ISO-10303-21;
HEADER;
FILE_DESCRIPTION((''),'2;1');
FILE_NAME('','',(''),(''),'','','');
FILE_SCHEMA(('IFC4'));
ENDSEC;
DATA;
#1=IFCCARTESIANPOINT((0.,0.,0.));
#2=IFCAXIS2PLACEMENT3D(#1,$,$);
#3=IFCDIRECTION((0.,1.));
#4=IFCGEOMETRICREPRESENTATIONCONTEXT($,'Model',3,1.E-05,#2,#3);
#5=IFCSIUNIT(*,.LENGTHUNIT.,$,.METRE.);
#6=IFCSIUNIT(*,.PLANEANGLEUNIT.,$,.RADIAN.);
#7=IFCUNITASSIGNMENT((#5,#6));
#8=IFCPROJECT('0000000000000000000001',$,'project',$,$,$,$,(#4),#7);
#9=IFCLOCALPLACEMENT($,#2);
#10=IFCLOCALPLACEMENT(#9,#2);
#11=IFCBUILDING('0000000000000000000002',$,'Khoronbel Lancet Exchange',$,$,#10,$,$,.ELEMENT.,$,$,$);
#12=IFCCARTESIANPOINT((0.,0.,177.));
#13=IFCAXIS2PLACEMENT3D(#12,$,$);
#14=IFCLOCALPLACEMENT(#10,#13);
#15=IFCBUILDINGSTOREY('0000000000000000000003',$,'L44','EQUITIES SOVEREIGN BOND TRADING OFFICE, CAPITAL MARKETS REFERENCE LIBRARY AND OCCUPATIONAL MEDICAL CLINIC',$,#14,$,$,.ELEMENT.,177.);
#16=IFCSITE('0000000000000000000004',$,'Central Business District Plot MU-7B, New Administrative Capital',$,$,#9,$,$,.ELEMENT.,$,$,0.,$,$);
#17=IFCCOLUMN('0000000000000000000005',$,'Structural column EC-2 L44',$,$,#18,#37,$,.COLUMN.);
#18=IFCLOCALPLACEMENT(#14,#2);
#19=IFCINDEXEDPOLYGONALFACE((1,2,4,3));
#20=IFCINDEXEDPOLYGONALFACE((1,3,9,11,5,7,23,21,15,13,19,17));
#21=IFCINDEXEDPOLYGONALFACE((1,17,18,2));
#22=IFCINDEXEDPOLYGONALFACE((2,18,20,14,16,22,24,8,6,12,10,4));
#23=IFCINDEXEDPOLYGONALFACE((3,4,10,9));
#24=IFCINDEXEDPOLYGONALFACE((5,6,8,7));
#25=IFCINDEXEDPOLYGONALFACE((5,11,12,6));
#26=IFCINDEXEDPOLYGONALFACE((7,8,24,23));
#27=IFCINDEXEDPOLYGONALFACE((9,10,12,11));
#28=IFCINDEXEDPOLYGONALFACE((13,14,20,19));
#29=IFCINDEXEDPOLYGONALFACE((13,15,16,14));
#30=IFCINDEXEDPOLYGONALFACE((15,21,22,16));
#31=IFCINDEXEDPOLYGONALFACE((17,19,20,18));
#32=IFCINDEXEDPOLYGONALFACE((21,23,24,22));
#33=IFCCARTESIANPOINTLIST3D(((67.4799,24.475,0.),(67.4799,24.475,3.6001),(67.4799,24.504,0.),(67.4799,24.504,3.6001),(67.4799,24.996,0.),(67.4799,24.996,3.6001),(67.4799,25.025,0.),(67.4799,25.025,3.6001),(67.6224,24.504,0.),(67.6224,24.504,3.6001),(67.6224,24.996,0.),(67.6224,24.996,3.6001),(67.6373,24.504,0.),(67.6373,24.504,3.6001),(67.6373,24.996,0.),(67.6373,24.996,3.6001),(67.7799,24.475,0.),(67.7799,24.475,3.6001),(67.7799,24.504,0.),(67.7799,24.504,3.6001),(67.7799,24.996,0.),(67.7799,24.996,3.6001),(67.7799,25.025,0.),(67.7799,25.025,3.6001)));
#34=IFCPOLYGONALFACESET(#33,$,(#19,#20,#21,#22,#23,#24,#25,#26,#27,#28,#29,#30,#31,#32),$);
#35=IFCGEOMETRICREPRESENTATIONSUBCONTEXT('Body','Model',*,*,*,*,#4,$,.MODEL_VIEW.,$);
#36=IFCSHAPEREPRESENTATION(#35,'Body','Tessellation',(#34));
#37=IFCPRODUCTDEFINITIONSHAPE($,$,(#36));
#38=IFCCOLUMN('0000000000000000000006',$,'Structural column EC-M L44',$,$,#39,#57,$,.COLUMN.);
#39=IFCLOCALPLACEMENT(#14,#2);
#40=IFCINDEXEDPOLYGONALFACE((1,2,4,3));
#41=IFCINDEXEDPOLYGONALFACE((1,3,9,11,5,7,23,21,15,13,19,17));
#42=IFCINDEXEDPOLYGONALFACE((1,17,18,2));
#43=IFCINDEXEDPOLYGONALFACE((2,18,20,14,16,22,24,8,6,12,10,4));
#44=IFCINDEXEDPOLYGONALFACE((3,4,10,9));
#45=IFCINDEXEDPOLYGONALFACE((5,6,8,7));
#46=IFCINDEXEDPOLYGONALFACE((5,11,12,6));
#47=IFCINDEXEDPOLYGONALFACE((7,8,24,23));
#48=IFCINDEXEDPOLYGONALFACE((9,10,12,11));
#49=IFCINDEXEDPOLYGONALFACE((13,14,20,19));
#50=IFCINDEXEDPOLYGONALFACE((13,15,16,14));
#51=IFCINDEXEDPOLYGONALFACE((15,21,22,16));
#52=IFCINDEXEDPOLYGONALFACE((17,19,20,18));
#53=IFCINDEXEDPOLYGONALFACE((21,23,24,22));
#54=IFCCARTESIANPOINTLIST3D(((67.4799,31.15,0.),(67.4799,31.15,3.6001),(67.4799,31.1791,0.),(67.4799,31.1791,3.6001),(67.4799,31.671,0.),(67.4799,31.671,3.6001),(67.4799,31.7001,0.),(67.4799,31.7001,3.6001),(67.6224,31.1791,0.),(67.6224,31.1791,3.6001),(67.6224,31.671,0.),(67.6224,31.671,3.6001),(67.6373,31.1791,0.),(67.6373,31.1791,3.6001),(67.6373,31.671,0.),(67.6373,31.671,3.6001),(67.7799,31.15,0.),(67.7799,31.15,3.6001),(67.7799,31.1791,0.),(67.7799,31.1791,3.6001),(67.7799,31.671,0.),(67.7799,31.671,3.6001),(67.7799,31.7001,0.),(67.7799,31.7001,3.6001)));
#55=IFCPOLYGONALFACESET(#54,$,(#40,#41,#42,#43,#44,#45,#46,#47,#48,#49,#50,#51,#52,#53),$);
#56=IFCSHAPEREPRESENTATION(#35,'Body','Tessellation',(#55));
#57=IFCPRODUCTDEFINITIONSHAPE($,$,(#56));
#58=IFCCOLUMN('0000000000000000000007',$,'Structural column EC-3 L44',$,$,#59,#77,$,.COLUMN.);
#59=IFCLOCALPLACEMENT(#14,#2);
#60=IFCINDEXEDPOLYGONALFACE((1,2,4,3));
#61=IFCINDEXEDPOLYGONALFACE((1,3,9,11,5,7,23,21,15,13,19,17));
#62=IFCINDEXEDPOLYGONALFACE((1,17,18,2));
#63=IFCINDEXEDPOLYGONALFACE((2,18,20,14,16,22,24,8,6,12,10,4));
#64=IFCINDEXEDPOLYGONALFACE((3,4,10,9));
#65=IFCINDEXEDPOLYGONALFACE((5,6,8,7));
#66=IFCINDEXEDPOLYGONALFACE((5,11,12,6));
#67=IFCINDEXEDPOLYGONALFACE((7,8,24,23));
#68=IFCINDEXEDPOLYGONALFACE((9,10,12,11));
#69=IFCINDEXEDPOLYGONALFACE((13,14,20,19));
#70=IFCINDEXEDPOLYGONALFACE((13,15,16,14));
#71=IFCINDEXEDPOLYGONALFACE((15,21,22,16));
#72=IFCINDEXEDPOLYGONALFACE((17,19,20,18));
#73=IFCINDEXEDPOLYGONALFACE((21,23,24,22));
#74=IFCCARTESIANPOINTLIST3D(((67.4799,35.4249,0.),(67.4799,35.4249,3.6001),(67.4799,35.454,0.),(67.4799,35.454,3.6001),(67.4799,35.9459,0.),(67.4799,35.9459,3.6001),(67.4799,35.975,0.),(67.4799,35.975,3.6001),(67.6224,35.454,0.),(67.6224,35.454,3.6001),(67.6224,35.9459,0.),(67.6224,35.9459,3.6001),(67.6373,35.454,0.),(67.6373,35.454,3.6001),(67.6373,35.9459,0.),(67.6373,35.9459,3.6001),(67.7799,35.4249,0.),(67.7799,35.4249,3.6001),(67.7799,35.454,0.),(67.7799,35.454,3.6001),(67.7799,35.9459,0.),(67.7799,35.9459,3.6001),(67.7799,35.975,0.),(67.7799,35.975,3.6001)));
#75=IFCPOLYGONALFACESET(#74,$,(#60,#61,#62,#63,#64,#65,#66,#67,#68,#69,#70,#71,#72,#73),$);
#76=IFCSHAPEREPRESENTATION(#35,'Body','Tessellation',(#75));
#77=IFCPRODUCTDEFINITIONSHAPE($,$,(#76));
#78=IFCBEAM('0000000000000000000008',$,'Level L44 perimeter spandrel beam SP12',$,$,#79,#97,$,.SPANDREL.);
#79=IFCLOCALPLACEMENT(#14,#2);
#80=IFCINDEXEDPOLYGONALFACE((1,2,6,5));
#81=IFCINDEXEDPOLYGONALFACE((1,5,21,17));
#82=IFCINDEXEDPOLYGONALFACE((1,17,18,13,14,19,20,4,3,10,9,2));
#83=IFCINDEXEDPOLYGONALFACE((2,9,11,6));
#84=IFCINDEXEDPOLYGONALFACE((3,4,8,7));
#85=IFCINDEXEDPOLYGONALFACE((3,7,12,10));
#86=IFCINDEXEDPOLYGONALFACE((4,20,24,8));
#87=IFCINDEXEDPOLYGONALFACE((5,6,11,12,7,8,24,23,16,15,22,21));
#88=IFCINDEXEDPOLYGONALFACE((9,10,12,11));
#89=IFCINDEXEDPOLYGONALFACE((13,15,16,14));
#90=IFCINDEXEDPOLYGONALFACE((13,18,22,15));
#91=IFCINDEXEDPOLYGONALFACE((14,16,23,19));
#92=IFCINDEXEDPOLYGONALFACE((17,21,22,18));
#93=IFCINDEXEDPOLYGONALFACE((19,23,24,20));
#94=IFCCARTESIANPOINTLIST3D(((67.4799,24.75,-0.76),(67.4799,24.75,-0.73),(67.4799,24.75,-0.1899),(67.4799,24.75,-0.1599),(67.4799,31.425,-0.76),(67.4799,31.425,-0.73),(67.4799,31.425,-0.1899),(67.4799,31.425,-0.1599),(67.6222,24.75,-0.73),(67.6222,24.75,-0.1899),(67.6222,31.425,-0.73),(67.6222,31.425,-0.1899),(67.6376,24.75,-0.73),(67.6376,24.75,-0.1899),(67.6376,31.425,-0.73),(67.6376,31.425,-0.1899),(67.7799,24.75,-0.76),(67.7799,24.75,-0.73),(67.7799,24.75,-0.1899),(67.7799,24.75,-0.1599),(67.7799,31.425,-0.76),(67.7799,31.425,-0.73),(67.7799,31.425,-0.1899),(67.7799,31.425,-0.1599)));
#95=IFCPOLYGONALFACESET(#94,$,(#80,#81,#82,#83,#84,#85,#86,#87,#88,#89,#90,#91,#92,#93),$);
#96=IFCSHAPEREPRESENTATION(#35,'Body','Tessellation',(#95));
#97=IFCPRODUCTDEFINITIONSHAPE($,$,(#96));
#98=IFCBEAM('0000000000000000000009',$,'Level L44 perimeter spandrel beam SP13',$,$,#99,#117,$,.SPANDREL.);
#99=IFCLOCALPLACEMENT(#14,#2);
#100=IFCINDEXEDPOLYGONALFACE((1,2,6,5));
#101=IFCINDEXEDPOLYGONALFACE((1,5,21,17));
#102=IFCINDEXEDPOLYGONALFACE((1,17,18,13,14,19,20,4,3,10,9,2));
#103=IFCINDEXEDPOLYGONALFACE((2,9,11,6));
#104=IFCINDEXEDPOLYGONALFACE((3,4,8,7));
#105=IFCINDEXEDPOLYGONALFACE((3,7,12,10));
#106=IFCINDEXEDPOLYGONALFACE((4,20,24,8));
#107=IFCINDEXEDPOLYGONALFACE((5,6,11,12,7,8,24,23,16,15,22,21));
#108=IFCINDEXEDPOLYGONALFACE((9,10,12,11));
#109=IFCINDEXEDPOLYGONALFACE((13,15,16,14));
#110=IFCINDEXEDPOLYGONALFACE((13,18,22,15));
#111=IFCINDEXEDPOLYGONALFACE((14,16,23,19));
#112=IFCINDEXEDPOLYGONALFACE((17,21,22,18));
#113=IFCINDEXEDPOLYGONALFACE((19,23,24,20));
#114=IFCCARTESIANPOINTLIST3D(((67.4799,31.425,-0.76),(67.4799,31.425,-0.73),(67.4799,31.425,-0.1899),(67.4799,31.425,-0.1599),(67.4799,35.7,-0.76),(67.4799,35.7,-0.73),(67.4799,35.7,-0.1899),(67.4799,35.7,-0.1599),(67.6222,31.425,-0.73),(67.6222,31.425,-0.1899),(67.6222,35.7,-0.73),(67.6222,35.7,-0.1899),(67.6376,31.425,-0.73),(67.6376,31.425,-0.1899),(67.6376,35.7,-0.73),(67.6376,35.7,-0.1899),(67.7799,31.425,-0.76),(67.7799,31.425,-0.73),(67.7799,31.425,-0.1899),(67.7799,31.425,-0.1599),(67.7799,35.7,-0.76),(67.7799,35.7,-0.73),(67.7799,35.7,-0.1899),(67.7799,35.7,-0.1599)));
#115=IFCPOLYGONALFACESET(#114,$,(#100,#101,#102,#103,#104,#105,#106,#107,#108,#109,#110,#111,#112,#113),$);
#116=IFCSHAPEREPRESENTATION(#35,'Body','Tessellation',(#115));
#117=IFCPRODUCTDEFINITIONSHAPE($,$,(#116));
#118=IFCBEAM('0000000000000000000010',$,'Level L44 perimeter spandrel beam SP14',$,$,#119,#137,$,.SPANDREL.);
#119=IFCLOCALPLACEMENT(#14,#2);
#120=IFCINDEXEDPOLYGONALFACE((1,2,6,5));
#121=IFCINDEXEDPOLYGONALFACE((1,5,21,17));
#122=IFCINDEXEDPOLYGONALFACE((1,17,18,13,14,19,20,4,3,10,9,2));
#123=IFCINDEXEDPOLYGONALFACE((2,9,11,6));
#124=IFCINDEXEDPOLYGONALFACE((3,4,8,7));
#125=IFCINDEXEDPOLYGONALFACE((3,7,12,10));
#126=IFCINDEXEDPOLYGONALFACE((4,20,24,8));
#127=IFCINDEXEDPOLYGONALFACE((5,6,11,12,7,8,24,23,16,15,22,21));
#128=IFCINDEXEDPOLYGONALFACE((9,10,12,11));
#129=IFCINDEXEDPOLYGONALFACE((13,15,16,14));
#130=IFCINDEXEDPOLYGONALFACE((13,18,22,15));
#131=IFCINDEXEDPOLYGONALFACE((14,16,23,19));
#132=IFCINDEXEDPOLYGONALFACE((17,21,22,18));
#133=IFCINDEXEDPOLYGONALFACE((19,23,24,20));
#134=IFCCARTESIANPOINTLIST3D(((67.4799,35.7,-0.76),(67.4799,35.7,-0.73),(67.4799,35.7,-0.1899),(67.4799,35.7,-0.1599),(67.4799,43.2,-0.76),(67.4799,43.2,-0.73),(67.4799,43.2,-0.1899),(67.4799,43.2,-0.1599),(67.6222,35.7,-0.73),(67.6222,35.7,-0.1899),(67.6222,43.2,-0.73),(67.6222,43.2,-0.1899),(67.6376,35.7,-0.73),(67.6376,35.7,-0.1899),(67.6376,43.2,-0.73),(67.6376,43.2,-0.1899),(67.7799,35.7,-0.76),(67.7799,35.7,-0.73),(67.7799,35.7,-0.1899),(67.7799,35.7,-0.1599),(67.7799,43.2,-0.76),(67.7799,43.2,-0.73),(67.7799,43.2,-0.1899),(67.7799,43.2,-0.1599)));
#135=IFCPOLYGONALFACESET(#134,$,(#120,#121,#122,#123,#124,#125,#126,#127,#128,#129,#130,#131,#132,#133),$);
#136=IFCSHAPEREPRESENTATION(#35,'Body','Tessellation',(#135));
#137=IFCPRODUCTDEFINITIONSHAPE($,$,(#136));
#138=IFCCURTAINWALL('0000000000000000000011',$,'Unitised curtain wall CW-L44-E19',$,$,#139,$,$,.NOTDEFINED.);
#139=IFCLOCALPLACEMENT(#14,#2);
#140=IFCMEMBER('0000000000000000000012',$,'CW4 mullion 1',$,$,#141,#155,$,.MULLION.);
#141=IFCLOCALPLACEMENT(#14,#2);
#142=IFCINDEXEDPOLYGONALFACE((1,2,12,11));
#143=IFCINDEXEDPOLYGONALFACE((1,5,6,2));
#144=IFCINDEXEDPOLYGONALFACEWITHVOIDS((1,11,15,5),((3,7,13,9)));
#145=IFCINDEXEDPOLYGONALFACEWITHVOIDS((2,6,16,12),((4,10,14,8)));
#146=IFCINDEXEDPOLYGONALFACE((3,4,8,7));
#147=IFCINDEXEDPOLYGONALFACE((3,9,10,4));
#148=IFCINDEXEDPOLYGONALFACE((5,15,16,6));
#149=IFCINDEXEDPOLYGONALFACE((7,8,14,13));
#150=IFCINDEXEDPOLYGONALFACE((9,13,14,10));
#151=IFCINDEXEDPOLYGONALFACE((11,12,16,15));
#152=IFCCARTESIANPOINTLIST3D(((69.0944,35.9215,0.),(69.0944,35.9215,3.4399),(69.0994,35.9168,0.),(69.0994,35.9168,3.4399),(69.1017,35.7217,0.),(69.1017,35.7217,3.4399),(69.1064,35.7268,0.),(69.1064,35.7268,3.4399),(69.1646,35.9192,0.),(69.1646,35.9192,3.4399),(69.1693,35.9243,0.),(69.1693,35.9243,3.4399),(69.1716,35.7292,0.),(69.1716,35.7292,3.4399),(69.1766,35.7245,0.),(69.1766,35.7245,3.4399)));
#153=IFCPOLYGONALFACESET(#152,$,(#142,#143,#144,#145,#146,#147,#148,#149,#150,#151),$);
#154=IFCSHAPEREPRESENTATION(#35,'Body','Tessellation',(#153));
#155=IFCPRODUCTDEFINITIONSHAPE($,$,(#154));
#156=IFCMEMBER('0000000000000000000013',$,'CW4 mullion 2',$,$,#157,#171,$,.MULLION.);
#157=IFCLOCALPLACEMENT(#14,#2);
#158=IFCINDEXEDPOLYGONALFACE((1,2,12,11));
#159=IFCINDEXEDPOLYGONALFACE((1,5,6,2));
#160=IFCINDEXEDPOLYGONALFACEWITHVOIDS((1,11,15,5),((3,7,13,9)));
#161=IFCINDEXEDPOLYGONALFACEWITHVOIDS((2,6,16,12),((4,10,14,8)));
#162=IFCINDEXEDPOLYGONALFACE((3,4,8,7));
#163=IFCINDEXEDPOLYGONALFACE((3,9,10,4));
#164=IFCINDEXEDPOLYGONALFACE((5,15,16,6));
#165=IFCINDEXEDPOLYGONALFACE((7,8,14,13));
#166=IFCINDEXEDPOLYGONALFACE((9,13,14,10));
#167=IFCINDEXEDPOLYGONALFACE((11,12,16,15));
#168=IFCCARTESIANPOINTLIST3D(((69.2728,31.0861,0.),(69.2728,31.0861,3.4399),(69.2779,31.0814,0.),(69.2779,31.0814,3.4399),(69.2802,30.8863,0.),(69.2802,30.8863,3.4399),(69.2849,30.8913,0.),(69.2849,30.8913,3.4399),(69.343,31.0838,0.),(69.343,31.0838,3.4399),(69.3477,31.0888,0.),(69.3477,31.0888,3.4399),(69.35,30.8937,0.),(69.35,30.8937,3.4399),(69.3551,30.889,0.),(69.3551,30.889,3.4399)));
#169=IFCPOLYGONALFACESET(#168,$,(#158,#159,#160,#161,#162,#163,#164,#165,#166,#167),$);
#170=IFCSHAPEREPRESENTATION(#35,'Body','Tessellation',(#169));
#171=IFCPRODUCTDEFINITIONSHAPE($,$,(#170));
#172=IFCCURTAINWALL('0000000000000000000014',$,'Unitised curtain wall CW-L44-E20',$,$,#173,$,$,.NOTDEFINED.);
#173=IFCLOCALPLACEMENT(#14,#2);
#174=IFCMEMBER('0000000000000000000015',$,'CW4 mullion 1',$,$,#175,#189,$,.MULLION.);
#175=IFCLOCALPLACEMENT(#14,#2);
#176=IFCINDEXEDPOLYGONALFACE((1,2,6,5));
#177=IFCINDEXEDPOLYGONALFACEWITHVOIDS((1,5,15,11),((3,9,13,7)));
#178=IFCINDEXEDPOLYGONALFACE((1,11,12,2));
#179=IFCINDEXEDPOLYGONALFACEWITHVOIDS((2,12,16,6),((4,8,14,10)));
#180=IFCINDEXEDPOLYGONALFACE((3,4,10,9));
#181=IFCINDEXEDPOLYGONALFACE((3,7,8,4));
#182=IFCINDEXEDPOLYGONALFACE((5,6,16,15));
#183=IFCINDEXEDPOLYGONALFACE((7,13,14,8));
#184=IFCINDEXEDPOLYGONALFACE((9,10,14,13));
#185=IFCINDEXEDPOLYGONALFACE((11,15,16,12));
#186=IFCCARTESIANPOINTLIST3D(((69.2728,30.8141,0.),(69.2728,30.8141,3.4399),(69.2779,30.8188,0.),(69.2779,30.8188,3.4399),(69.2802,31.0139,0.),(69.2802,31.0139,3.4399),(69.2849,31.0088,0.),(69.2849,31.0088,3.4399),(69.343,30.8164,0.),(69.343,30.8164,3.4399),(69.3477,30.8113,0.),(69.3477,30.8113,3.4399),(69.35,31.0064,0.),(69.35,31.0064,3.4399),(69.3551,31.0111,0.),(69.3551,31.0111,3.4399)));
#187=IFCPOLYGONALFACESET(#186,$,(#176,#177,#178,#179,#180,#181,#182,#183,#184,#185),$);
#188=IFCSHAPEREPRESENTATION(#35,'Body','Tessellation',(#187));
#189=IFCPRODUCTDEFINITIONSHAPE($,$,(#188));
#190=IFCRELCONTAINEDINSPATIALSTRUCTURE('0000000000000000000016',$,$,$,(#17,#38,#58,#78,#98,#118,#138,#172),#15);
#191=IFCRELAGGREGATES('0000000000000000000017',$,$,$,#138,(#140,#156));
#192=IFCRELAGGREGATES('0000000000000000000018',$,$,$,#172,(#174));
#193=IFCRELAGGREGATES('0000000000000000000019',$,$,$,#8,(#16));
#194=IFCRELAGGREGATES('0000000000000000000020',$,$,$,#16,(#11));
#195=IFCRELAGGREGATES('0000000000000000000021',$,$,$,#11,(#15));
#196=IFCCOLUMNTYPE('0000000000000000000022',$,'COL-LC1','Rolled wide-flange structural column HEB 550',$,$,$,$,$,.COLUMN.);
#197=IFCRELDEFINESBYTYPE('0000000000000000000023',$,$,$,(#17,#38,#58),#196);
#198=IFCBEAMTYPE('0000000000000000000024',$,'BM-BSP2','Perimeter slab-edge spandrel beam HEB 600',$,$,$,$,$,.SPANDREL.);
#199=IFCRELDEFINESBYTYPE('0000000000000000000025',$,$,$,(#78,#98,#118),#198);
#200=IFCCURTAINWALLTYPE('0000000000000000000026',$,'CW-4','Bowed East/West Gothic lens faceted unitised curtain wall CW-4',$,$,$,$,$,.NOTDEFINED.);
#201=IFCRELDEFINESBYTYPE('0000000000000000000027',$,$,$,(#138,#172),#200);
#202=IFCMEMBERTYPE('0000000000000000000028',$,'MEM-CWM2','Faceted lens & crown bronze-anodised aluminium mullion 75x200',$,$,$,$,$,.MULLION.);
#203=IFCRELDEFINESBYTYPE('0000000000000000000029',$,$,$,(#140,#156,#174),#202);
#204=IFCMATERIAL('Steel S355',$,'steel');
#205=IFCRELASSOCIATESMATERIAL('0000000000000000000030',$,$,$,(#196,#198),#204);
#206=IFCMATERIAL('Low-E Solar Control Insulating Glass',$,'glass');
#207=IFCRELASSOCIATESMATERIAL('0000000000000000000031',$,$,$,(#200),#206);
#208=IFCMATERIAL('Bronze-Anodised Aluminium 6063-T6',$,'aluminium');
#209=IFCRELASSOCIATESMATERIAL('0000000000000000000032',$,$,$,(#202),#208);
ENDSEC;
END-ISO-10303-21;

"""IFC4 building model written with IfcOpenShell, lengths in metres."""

from ifc_helpers import new_model, si_unit, direction, frame, origin, origin_2d, place, context, subcontext, project, spatial, hollow_rectangle, i_section, extrude, material, material_profile, profile_set, type_object, element, aggregate, save


model = new_model("IFC4")

# Units and contexts
model_context = context("Model", 3, precision=1e-05, world=origin(), true_north=direction((0.0, 1.0)))
body_context = subcontext(model_context, "Body", "Model", "MODEL_VIEW")
ifc_project = project(units=[si_unit("LENGTHUNIT", "METRE"), si_unit("PLANEANGLEUNIT", "RADIAN")], contexts=[model_context])

# Site, building, storey
site_placement = place(None, origin())
site = spatial("IfcSite", under=ifc_project, at=site_placement, Name="Central Business District Plot MU-7B, New Administrative Capital", CompositionType="ELEMENT", RefElevation=0.0)
building_placement = place(site_placement, origin())
building = spatial("IfcBuilding", under=site, at=building_placement, Name="Khoronbel Lancet Exchange", CompositionType="ELEMENT")
storey_placement = place(building_placement, frame((0.0, 0.0, 177.0)))
storey = spatial("IfcBuildingStorey", under=building, at=storey_placement, Name="L44", Description="EQUITIES SOVEREIGN BOND TRADING OFFICE, CAPITAL MARKETS REFERENCE LIBRARY AND OCCUPATIONAL MEDICAL CLINIC", CompositionType="ELEMENT", Elevation=177.0)

# Columns
ifc_material_1 = material(Name="Steel S355", Category="steel")
ifc_material_profile_1 = material_profile(ifc_material_1, i_section(OverallWidth=0.3, OverallDepth=0.55, WebThickness=0.0149, FlangeThickness=0.0291, at=origin_2d()), Name="HEB 550")
ifc_profile_set_1 = profile_set([ifc_material_profile_1], Name="Steel S355")
column_type = type_object("IfcColumnType", Name="COL-LC1", Description="Rolled wide-flange structural column HEB 550", PredefinedType="COLUMN", material=ifc_profile_set_1)
for number, where, z_axis, x_axis, name in (
    (1, (67.6299, 24.75, 0.0), (0.0, 0.0, 1.0), (1.0, 0.0, 0.0), "Structural column EC-2 L44"),
    (2, (67.6299, 31.425, 0.0), (0.0, 0.0, 1.0), (1.0, 0.0, 0.0), "Structural column EC-M L44"),
    (3, (67.6299, 35.7, 0.0), (0.0, 0.0, 1.0), (1.0, 0.0, 0.0), "Structural column EC-3 L44"),
):
    element("IfcColumn", number, at=place(storey_placement, frame(where, z_axis=z_axis, x_axis=x_axis)), inside=storey, type_object=column_type, Name=name, PredefinedType="COLUMN", context=body_context, shape_type="SweptSolid", body=[
        extrude(i_section(OverallWidth=0.3, OverallDepth=0.55, WebThickness=0.0149, FlangeThickness=0.0291, at=origin_2d()), origin(), (0.0, 0.0, 1.0), 3.6001),
    ])

# Beams
ifc_material_profile_2 = material_profile(ifc_material_1, i_section(OverallWidth=0.3, OverallDepth=0.6001, WebThickness=0.0154, FlangeThickness=0.03, at=origin_2d()), Name="HEB 600")
ifc_profile_set_2 = profile_set([ifc_material_profile_2], Name="Steel S355")
beam_type = type_object("IfcBeamType", Name="BM-BSP2", Description="Perimeter slab-edge spandrel beam HEB 600", PredefinedType="SPANDREL", material=ifc_profile_set_2)
beam_1_placement = place(storey_placement, frame((67.6299, 24.75, -0.46), z_axis=(0.0, 1.0, 0.0), x_axis=(-1.0, 0.0, 0.0)))
element("IfcBeam", 4, at=beam_1_placement, inside=storey, type_object=beam_type, Name="Level L44 perimeter spandrel beam SP12", PredefinedType="SPANDREL", context=body_context, shape_type="SweptSolid", body=[
    extrude(i_section(OverallWidth=0.3, OverallDepth=0.6001, WebThickness=0.0154, FlangeThickness=0.03, at=origin_2d()), origin(), (0.0, 0.0, 1.0), 6.675),
])
beam_2_placement = place(storey_placement, frame((67.6299, 31.425, -0.46), z_axis=(0.0, 1.0, 0.0), x_axis=(-1.0, 0.0, 0.0)))
element("IfcBeam", 5, at=beam_2_placement, inside=storey, type_object=beam_type, Name="Level L44 perimeter spandrel beam SP13", PredefinedType="SPANDREL", context=body_context, shape_type="SweptSolid", body=[
    extrude(i_section(OverallWidth=0.3, OverallDepth=0.6001, WebThickness=0.0154, FlangeThickness=0.03, at=origin_2d()), origin(), (0.0, 0.0, 1.0), 4.2749),
])
beam_3_placement = place(storey_placement, frame((67.6299, 35.7, -0.46), z_axis=(0.0, 1.0, 0.0), x_axis=(-1.0, 0.0, 0.0)))
element("IfcBeam", 6, at=beam_3_placement, inside=storey, type_object=beam_type, Name="Level L44 perimeter spandrel beam SP14", PredefinedType="SPANDREL", context=body_context, shape_type="SweptSolid", body=[
    extrude(i_section(OverallWidth=0.3, OverallDepth=0.6001, WebThickness=0.0154, FlangeThickness=0.03, at=origin_2d()), origin(), (0.0, 0.0, 1.0), 7.5),
])

# Curtain walls, members
ifc_material_2 = material(Name="Low-E Solar Control Insulating Glass", Category="glass")
curtain_wall_type = type_object("IfcCurtainWallType", Name="CW-4", Description="Bowed East/West Gothic lens faceted unitised curtain wall CW-4", PredefinedType="NOTDEFINED", material=ifc_material_2)
curtain_wall_1_placement = place(storey_placement, origin())
curtain_wall_1 = element("IfcCurtainWall", 7, at=curtain_wall_1_placement, inside=storey, type_object=curtain_wall_type, Name="Unitised curtain wall CW-L44-E19", PredefinedType="NOTDEFINED")
ifc_material_3 = material(Name="Bronze-Anodised Aluminium 6063-T6", Category="aluminium")
ifc_material_profile_3 = material_profile(ifc_material_3, hollow_rectangle(XDim=0.075, YDim=0.2, WallThickness=0.0049, at=origin_2d()), Name="ALU MULLION 75x200")
ifc_profile_set_3 = profile_set([ifc_material_profile_3], Name="Bronze-Anodised Aluminium 6063-T6")
member_type_1 = type_object("IfcMemberType", Name="MEM-CWM2", Description="Faceted lens & crown bronze-anodised aluminium mullion 75x200", PredefinedType="MULLION", material=ifc_profile_set_3)
member_1_placement = place(storey_placement, frame((69.1355, 35.823, 0.0), z_axis=(0.0, 0.0, 1.0), x_axis=(0.999319, 0.036896, 0.0)))
member_1 = element("IfcMember", 8, at=member_1_placement, type_object=member_type_1, Name="CW4 mullion 1", PredefinedType="MULLION", context=body_context, shape_type="SweptSolid", body=[
    extrude(hollow_rectangle(XDim=0.075, YDim=0.2, WallThickness=0.0049, at=origin_2d()), origin(), (0.0, 0.0, 1.0), 3.4399),
])
member_2_placement = place(storey_placement, frame((69.314, 30.9875, 0.0), z_axis=(0.0, 0.0, 1.0), x_axis=(0.999319, 0.036896, 0.0)))
member_2 = element("IfcMember", 9, at=member_2_placement, type_object=member_type_1, Name="CW4 mullion 2", PredefinedType="MULLION", context=body_context, shape_type="SweptSolid", body=[
    extrude(hollow_rectangle(XDim=0.075, YDim=0.2, WallThickness=0.0049, at=origin_2d()), origin(), (0.0, 0.0, 1.0), 3.4399),
])
curtain_wall_2_placement = place(storey_placement, origin())
curtain_wall_2 = element("IfcCurtainWall", 10, at=curtain_wall_2_placement, inside=storey, type_object=curtain_wall_type, Name="Unitised curtain wall CW-L44-E20", PredefinedType="NOTDEFINED")
member_3_placement = place(storey_placement, frame((69.314, 30.9126, 0.0), z_axis=(0.0, 0.0, 1.0), x_axis=(0.999319, -0.036896, 0.0)))
member_3 = element("IfcMember", 11, at=member_3_placement, type_object=member_type_1, Name="CW4 mullion 1", PredefinedType="MULLION", context=body_context, shape_type="SweptSolid", body=[
    extrude(hollow_rectangle(XDim=0.075, YDim=0.2, WallThickness=0.0049, at=origin_2d()), origin(), (0.0, 0.0, 1.0), 3.4399),
])

aggregate(curtain_wall_1, [member_1, member_2])
aggregate(curtain_wall_2, [member_3])

save(model, "model.ifc")
